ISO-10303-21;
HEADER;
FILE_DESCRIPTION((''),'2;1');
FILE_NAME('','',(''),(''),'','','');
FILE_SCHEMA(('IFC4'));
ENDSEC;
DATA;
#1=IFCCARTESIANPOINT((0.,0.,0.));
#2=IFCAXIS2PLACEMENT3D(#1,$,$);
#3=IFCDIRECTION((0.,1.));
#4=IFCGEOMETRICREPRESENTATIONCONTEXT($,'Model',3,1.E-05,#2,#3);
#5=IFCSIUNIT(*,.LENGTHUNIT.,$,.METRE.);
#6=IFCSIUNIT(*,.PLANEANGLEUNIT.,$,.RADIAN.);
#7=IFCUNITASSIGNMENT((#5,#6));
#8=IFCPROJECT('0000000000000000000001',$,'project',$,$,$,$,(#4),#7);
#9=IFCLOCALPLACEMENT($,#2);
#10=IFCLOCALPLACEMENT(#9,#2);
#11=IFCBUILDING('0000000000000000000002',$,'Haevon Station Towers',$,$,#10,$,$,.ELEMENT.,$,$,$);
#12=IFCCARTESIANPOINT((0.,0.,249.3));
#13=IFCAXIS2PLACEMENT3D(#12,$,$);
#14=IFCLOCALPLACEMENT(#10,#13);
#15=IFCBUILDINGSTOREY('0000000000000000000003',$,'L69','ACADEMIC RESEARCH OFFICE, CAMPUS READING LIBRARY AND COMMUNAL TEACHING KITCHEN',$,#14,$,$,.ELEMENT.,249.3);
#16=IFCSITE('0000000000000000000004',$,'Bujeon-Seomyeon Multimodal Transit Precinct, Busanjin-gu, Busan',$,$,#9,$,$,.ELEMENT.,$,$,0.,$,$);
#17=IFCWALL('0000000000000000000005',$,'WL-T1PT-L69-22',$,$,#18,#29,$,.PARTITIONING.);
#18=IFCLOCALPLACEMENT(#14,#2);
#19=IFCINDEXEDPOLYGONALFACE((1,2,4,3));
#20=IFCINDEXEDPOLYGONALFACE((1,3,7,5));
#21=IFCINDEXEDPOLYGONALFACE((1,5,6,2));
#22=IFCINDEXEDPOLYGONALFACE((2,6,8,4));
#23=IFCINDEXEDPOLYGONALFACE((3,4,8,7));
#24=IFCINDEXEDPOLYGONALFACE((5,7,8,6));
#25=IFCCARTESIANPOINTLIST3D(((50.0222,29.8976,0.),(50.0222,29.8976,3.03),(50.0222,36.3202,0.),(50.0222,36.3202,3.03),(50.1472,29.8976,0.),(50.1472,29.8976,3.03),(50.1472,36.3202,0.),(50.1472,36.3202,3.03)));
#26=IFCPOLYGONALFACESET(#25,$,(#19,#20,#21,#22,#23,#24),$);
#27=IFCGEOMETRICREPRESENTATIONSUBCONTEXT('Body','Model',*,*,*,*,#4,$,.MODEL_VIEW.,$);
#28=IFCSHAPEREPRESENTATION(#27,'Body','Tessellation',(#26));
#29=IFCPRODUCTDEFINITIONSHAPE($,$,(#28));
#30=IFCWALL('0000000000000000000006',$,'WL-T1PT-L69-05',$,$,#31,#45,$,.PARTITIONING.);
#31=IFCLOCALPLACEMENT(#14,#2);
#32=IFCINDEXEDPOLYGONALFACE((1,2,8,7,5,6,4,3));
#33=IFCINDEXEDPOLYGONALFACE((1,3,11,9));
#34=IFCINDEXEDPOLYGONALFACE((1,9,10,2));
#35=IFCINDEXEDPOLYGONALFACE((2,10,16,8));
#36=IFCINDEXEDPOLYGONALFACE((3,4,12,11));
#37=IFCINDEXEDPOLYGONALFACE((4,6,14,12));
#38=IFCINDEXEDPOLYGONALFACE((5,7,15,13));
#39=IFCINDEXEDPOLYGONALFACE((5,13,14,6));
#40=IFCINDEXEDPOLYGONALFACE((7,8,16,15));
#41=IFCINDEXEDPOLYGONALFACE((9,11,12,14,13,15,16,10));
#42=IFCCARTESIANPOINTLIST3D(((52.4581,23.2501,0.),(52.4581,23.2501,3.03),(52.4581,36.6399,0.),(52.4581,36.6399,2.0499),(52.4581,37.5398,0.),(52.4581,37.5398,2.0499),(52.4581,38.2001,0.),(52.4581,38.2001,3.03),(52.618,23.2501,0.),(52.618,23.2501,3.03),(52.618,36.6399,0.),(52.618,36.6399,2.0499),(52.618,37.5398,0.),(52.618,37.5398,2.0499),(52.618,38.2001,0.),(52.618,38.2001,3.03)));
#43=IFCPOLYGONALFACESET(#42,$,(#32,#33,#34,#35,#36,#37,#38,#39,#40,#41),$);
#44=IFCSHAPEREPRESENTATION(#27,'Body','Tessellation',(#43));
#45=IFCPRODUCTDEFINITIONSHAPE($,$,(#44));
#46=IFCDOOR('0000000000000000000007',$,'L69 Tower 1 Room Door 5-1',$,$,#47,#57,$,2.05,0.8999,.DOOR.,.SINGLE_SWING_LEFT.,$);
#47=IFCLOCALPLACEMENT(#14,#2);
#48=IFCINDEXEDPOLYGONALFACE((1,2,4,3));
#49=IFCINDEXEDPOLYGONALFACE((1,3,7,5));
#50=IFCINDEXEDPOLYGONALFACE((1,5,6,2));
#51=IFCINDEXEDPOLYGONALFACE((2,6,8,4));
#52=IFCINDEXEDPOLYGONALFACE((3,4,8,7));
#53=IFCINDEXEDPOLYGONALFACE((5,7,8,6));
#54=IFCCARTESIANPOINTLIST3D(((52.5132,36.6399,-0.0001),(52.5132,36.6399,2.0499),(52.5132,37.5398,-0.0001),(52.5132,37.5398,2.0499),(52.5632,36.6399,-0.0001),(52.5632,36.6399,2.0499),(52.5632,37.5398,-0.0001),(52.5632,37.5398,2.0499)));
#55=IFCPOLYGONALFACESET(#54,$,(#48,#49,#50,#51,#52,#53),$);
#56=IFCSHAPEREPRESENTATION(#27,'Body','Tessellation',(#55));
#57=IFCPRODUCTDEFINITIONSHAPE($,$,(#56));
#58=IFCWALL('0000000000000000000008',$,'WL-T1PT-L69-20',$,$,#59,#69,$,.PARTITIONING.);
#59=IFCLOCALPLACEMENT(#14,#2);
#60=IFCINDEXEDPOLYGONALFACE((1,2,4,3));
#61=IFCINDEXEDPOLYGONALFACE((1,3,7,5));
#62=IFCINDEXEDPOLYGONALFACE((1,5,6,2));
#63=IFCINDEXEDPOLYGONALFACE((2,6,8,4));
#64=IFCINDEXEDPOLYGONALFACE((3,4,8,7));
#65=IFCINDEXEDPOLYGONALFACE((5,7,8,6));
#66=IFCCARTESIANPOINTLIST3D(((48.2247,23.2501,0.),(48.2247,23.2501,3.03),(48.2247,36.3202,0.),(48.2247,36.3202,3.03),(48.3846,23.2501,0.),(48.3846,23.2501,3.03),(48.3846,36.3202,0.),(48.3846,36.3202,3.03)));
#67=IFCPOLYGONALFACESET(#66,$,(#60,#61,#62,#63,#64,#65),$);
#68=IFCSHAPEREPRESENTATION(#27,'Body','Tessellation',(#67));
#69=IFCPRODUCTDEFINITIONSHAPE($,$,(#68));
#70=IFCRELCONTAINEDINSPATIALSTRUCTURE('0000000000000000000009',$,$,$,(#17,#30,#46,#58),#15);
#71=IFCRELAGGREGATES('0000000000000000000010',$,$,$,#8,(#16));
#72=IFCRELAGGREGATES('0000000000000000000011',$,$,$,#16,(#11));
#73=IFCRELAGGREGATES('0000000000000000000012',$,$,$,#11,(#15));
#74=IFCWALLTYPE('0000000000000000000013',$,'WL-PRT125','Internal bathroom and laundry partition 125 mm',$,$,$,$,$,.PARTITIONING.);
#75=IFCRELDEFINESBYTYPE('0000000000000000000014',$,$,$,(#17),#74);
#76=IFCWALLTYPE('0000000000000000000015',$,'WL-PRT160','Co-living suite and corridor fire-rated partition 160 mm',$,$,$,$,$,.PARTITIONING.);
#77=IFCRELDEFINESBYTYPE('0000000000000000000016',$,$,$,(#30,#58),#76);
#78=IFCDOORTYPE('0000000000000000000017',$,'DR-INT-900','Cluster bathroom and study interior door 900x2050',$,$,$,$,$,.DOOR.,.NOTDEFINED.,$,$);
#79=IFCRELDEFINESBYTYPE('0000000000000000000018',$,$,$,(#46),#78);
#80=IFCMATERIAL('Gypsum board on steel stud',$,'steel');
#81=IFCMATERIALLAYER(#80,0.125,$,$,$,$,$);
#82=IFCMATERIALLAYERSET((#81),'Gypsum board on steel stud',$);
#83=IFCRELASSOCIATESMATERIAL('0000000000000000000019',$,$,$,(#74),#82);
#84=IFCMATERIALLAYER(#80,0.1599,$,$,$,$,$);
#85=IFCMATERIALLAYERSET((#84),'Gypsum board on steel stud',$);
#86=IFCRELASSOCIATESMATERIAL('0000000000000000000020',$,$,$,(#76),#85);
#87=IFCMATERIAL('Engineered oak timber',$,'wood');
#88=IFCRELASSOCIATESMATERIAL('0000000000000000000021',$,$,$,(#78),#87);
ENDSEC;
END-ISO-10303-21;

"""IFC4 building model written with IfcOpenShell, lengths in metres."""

from ifc_helpers import new_model, si_unit, direction, frame, frame_2d, origin, place, context, subcontext, project, spatial, rectangle, extrude, material, layer, layer_set, type_object, element, fill, save


model = new_model("IFC4")

# Units and contexts
model_context = context("Model", 3, precision=1e-05, world=origin(), true_north=direction((0.0, 1.0)))
body_context = subcontext(model_context, "Body", "Model", "MODEL_VIEW")
ifc_project = project(units=[si_unit("LENGTHUNIT", "METRE"), si_unit("PLANEANGLEUNIT", "RADIAN")], contexts=[model_context])

# Site, building, storey
site_placement = place(None, origin())
site = spatial("IfcSite", under=ifc_project, at=site_placement, Name="Bujeon-Seomyeon Multimodal Transit Precinct, Busanjin-gu, Busan", CompositionType="ELEMENT", RefElevation=0.0)
building_placement = place(site_placement, origin())
building = spatial("IfcBuilding", under=site, at=building_placement, Name="Haevon Station Towers", CompositionType="ELEMENT")
storey_placement = place(building_placement, frame((0.0, 0.0, 249.3)))
storey = spatial("IfcBuildingStorey", under=building, at=storey_placement, Name="L69", Description="ACADEMIC RESEARCH OFFICE, CAMPUS READING LIBRARY AND COMMUNAL TEACHING KITCHEN", CompositionType="ELEMENT", Elevation=249.3)

# Wall
ifc_material_1 = material(Name="Gypsum board on steel stud", Category="steel")
ifc_layer_1 = layer(ifc_material_1, 0.125)
ifc_layer_set_1 = layer_set([ifc_layer_1], Name="Gypsum board on steel stud")
wall_type_1 = type_object("IfcWallType", Name="WL-PRT125", Description="Internal bathroom and laundry partition 125 mm", PredefinedType="PARTITIONING", material=ifc_layer_set_1)
wall_1_placement = place(storey_placement, frame((50.0847, 29.8975, 0.0), z_axis=(0.0, 0.0, 1.0), x_axis=(0.0, 1.0, 0.0)))
element("IfcWall", 1, at=wall_1_placement, inside=storey, type_object=wall_type_1, Name="WL-T1PT-L69-22", PredefinedType="PARTITIONING", context=body_context, shape_type="SweptSolid", body=[
    extrude(rectangle(XDim=6.4226, YDim=0.125, at=frame_2d((3.2114, 0.0))), origin(), (0.0, 0.0, 1.0), 3.03),
])

# Wall, opening, door
ifc_layer_2 = layer(ifc_material_1, 0.1599)
ifc_layer_set_2 = layer_set([ifc_layer_2], Name="Gypsum board on steel stud")
wall_type_2 = type_object("IfcWallType", Name="WL-PRT160", Description="Co-living suite and corridor fire-rated partition 160 mm", PredefinedType="PARTITIONING", material=ifc_layer_set_2)
wall_2_placement = place(storey_placement, frame((52.5381, 23.25, 0.0), z_axis=(0.0, 0.0, 1.0), x_axis=(0.0, 1.0, 0.0)))
wall_2 = element("IfcWall", 2, at=wall_2_placement, inside=storey, type_object=wall_type_2, Name="WL-T1PT-L69-05", PredefinedType="PARTITIONING", context=body_context, shape_type="SweptSolid", body=[
    extrude(rectangle(XDim=14.95, YDim=0.1599, at=frame_2d((7.4751, 0.0))), origin(), (0.0, 0.0, 1.0), 3.03),
])
opening_1_placement = place(wall_2_placement, frame((13.3899, 0.0, 0.0)))
opening_1 = element("IfcOpeningElement", 3, at=opening_1_placement, cuts=wall_2, PredefinedType="OPENING", context=body_context, shape_type="SweptSolid", body=[
    extrude(rectangle(XDim=0.8999, YDim=2.05, at=frame_2d((0.45, 1.0249))), frame((0.0, 0.0898, 0.0), z_axis=(0.0, -1.0, 0.0), x_axis=(1.0, 0.0, 0.0)), (0.0, 0.0, 1.0), 0.1799),
])
ifc_material_2 = material(Name="Engineered oak timber", Category="wood")
door_type_1 = type_object("IfcDoorType", Name="DR-INT-900", Description="Cluster bathroom and study interior door 900x2050", OperationType="NOTDEFINED", PredefinedType="DOOR", material=ifc_material_2)
door_1_placement = place(opening_1_placement, origin())
door_1 = element("IfcDoor", 4, at=door_1_placement, inside=storey, type_object=door_type_1, Name="L69 Tower 1 Room Door 5-1", OperationType="SINGLE_SWING_LEFT", OverallHeight=2.05, OverallWidth=0.8999, PredefinedType="DOOR", context=body_context, shape_type="SweptSolid", body=[
    extrude(rectangle(XDim=0.8999, YDim=2.05, at=frame_2d((0.45, 1.0249))), frame((0.0, 0.0249, 0.0), z_axis=(0.0, -1.0, 0.0), x_axis=(1.0, 0.0, 0.0)), (0.0, 0.0, 1.0), 0.05),
])
fill(opening_1, door_1)

# Wall
wall_3_placement = place(storey_placement, frame((48.3047, 23.25, 0.0), z_axis=(0.0, 0.0, 1.0), x_axis=(0.0, 1.0, 0.0)))
element("IfcWall", 5, at=wall_3_placement, inside=storey, type_object=wall_type_2, Name="WL-T1PT-L69-20", PredefinedType="PARTITIONING", context=body_context, shape_type="SweptSolid", body=[
    extrude(rectangle(XDim=13.0701, YDim=0.1599, at=frame_2d((6.5352, 0.0))), origin(), (0.0, 0.0, 1.0), 3.03),
])

save(model, "model.ifc")
